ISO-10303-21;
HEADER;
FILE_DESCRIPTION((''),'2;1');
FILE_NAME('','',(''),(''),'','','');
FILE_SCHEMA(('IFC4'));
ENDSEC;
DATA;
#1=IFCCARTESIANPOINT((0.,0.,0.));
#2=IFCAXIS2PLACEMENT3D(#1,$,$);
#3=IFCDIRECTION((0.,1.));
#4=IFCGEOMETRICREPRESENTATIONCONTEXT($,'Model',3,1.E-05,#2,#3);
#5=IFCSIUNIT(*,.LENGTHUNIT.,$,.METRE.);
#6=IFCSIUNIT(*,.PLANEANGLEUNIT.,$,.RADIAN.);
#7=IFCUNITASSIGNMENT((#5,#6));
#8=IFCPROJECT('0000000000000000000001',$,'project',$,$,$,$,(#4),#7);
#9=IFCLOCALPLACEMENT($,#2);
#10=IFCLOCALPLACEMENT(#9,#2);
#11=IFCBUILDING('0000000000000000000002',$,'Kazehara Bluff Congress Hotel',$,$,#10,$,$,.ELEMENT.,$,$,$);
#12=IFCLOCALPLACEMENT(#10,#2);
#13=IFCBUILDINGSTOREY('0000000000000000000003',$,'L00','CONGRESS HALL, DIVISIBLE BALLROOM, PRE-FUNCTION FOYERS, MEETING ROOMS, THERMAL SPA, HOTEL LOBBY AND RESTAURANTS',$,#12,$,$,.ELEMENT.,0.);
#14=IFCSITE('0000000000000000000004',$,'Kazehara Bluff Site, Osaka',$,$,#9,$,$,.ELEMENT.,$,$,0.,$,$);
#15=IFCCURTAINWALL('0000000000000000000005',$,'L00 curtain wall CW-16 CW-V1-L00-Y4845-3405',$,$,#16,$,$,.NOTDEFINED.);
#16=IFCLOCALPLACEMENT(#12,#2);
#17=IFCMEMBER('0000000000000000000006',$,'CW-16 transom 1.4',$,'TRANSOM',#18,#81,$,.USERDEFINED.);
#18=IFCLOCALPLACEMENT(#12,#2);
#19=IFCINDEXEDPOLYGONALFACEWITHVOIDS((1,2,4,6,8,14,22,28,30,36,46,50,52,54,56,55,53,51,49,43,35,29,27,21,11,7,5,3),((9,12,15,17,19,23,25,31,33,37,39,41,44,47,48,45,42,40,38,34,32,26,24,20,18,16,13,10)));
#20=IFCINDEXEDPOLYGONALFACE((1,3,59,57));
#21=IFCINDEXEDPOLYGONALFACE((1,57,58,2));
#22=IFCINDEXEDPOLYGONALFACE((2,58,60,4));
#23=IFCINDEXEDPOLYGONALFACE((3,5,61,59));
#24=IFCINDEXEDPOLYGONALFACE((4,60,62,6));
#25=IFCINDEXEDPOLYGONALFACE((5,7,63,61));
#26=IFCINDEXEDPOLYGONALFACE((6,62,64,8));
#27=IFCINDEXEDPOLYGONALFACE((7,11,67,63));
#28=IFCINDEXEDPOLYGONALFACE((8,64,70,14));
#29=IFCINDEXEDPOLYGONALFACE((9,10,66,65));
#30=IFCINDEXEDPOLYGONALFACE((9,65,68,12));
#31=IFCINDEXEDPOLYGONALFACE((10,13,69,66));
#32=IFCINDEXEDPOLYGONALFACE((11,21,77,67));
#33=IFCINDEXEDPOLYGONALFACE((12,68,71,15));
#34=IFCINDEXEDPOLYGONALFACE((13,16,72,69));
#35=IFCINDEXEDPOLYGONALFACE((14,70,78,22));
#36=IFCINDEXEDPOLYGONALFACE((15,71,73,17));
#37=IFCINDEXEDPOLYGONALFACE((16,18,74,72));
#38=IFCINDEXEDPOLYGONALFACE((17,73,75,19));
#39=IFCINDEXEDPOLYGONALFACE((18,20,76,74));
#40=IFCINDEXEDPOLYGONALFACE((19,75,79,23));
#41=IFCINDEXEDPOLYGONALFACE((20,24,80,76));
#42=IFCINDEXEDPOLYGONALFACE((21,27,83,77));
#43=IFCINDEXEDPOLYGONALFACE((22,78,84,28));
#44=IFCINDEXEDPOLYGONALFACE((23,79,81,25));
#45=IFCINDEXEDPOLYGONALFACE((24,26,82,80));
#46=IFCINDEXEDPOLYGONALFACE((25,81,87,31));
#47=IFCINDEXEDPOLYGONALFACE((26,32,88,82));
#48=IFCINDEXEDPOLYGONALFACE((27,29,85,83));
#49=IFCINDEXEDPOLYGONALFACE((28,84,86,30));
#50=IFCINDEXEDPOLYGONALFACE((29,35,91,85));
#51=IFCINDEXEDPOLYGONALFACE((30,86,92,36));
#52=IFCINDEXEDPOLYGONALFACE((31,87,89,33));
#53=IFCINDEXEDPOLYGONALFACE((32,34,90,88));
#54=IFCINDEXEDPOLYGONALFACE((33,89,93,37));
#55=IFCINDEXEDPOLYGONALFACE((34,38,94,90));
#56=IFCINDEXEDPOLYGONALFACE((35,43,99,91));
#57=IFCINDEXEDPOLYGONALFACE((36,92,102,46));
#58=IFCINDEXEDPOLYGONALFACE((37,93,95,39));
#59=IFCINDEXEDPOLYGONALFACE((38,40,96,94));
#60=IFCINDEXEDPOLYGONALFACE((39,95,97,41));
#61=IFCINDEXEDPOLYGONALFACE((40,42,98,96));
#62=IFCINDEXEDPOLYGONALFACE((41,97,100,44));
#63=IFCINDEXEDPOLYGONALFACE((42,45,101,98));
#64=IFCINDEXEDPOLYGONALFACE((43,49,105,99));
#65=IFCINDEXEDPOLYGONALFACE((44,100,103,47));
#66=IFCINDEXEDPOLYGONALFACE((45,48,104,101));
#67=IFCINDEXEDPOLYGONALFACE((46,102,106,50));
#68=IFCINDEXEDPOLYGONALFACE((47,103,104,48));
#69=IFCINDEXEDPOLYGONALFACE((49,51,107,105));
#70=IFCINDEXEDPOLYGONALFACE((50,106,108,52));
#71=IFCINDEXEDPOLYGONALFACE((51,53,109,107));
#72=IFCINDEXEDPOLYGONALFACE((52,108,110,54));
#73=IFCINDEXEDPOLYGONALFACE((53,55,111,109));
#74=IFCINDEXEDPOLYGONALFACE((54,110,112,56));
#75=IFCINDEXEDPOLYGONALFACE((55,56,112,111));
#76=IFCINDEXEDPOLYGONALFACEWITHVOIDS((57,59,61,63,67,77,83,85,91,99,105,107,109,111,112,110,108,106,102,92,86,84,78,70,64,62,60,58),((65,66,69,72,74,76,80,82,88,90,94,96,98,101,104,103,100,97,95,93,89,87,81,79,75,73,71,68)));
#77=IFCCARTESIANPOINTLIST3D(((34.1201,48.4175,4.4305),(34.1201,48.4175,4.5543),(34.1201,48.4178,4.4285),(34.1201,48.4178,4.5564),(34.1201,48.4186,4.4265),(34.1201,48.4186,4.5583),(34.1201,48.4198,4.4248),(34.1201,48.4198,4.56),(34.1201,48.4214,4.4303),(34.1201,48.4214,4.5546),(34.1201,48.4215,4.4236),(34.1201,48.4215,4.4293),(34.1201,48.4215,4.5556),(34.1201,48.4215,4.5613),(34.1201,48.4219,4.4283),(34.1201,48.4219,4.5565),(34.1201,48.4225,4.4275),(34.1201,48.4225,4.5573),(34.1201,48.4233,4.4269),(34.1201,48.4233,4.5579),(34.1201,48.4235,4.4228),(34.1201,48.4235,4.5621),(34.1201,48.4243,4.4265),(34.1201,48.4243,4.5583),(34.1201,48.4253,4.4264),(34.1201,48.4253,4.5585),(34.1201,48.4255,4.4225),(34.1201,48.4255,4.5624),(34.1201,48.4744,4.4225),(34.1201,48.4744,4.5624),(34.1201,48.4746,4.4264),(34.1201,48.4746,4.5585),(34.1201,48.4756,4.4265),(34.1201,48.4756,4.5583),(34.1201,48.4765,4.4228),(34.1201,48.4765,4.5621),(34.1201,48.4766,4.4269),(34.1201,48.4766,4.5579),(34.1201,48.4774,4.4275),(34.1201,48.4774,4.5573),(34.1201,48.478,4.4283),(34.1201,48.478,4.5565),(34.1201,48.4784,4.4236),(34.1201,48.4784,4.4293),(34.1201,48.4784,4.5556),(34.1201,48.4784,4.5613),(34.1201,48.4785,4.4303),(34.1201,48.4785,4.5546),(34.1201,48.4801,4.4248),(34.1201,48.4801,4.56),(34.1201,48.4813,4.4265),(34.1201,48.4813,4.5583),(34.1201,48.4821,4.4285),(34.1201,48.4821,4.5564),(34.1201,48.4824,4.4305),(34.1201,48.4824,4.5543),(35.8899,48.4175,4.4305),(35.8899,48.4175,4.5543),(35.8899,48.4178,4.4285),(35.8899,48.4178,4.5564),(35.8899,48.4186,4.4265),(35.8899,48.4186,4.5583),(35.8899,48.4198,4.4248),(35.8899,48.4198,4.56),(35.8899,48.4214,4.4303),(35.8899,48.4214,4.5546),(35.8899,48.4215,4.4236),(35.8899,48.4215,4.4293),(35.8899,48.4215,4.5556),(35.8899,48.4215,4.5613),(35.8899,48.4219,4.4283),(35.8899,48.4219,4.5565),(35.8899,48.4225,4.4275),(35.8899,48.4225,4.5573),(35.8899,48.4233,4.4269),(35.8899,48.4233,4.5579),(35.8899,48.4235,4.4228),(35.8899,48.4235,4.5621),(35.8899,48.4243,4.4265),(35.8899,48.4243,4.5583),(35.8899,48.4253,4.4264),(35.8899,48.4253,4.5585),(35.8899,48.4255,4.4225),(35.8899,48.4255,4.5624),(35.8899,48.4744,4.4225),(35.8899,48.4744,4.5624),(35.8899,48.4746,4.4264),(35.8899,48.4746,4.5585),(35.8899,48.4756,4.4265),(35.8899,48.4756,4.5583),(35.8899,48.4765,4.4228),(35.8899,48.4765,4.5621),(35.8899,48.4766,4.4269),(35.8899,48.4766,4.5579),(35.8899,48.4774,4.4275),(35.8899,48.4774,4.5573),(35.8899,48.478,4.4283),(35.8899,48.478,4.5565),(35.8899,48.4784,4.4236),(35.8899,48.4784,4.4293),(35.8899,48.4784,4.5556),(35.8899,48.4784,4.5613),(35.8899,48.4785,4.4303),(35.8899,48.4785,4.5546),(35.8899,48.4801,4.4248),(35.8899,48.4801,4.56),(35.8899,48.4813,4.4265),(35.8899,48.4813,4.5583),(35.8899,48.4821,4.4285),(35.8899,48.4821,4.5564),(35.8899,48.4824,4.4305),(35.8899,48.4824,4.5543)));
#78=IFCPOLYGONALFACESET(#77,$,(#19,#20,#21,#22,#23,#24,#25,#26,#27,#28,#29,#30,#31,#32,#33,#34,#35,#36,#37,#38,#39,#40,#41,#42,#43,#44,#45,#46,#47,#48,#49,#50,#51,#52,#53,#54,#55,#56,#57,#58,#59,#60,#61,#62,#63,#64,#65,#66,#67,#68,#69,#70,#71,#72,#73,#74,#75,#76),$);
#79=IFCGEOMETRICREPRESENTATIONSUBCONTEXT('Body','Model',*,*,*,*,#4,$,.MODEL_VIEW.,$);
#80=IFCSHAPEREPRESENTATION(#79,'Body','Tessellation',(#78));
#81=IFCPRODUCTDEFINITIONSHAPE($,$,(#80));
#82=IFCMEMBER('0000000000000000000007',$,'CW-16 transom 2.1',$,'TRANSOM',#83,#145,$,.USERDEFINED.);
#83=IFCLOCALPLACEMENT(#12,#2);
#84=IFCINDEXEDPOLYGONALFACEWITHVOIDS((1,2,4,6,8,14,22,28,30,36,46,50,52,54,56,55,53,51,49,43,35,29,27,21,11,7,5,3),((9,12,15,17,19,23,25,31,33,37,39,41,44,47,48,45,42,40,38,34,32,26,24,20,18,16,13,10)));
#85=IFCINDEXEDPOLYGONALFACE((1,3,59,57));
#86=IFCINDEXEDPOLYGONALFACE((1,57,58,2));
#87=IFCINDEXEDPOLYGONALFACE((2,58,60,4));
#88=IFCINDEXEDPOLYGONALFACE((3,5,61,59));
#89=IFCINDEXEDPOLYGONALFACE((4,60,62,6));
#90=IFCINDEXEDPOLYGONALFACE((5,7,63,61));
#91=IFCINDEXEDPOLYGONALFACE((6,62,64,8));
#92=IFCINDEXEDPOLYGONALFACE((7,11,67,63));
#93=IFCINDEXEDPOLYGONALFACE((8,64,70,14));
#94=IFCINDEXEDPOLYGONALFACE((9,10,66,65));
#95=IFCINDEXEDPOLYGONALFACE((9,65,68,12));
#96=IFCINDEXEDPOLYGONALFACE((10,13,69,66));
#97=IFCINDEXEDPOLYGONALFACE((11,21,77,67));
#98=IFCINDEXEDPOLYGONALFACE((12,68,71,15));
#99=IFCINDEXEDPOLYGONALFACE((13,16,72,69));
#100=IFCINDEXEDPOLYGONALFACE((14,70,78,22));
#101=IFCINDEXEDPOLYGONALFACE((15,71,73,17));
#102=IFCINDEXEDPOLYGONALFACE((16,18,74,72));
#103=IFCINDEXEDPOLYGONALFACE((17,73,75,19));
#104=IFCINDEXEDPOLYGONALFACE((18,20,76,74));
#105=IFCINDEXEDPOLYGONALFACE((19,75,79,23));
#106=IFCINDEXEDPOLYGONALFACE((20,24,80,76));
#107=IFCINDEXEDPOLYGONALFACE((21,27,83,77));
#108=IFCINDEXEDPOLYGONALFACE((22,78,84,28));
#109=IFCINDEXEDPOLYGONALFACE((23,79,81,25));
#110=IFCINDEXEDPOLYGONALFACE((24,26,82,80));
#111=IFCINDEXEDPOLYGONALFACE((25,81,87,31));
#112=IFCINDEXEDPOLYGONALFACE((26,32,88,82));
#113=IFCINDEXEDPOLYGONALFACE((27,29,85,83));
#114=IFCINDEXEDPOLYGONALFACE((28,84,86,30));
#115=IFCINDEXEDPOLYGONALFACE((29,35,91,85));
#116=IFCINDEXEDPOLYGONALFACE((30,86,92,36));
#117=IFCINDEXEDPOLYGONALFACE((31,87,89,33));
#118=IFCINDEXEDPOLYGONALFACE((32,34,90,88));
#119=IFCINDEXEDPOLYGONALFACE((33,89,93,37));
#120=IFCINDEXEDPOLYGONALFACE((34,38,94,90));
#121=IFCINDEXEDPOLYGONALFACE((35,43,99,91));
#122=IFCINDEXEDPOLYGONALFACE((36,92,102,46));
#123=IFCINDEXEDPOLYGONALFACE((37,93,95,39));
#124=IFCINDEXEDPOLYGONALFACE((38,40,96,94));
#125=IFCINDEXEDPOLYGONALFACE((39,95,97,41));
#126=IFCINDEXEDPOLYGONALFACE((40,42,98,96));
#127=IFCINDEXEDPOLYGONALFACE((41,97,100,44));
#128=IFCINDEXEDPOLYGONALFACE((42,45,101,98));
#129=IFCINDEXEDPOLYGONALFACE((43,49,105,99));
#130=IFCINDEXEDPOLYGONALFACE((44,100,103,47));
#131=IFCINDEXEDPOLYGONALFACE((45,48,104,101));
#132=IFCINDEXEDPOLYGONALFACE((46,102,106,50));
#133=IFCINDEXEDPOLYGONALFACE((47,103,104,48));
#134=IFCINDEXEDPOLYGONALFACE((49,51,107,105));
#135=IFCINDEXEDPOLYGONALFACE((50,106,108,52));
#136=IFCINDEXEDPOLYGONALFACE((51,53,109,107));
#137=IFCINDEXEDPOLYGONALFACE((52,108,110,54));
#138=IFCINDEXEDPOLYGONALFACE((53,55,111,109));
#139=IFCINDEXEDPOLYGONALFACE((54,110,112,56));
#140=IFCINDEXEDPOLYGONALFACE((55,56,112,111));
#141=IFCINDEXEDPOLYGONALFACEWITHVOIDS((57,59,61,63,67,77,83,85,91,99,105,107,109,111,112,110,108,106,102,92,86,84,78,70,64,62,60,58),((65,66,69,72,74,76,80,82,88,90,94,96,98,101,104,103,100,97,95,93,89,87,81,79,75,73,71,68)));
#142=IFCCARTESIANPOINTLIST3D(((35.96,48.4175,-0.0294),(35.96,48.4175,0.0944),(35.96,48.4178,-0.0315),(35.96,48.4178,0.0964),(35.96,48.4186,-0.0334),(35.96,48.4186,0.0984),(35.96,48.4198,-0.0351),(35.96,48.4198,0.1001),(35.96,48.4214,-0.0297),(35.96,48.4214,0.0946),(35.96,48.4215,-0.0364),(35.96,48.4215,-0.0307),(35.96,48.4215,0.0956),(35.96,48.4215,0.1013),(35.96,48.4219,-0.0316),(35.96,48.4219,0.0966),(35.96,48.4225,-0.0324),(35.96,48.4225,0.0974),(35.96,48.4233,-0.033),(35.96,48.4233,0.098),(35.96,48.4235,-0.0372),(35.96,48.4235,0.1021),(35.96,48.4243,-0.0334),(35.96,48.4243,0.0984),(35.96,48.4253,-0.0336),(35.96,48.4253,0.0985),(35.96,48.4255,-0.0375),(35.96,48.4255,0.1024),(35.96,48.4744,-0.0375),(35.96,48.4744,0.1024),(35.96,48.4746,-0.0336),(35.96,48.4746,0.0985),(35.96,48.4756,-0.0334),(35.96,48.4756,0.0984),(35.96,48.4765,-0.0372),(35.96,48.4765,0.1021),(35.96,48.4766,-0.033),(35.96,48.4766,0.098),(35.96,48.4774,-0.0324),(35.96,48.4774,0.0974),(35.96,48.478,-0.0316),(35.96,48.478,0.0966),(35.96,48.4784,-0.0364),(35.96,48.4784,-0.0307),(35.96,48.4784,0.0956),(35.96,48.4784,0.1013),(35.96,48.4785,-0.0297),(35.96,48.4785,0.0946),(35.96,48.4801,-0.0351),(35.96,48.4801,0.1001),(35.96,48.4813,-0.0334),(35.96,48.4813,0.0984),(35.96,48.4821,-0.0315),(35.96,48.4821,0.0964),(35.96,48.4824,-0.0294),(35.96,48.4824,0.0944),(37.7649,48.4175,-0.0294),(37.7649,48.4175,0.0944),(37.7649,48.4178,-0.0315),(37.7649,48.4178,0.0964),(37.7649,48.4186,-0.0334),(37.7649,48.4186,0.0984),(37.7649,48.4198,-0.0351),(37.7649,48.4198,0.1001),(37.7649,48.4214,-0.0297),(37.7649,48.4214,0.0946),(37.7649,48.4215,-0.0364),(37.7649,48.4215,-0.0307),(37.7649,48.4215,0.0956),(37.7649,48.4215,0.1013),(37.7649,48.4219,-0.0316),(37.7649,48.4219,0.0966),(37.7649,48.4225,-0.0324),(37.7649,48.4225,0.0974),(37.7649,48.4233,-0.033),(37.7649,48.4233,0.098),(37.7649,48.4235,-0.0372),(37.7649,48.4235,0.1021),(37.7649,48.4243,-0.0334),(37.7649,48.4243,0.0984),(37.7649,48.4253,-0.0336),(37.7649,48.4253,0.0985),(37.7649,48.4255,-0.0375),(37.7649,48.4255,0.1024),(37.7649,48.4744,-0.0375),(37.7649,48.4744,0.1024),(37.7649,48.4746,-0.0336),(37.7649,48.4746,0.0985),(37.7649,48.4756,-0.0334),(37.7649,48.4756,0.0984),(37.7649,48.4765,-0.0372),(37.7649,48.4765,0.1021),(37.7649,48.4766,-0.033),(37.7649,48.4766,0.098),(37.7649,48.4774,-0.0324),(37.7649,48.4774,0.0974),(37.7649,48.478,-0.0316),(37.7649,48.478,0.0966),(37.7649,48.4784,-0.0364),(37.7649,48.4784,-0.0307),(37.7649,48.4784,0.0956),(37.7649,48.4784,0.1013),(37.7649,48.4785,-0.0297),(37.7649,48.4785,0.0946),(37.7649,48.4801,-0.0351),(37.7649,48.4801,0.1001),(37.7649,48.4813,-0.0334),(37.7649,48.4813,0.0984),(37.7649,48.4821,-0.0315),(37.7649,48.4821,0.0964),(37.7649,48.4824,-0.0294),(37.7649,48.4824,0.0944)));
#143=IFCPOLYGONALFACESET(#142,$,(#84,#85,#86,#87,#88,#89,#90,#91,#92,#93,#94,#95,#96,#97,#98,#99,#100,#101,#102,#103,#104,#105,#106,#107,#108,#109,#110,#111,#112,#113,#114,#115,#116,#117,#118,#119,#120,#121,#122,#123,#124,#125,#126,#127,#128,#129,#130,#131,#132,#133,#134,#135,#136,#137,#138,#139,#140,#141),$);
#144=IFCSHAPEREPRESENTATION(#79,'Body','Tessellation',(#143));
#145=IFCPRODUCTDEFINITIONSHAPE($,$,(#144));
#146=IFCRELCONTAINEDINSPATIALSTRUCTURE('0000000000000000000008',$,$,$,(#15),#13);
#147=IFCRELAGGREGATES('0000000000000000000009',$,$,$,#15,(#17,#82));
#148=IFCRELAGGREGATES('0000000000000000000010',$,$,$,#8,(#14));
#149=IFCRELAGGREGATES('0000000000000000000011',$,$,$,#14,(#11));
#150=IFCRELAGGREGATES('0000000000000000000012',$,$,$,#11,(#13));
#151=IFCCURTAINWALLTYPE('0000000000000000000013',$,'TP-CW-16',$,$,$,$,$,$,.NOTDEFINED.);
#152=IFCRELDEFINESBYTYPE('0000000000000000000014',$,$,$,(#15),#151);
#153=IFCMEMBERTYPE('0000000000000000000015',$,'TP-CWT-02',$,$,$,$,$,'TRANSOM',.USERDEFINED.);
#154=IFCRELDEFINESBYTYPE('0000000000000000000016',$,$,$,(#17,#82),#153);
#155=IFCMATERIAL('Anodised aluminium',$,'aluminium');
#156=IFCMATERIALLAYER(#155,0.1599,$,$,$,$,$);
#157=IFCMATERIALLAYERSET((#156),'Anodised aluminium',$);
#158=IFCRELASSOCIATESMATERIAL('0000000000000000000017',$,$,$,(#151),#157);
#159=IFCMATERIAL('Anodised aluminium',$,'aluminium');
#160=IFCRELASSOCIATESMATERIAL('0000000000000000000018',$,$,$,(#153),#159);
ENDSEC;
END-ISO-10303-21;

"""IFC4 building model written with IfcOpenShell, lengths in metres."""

from ifc_helpers import new_model, si_unit, direction, frame, origin, origin_2d, place, context, subcontext, project, spatial, hollow_rectangle, extrude, material, layer, layer_set, material_profile, profile_set, type_object, element, aggregate, save


model = new_model("IFC4")

# Units and contexts
model_context = context("Model", 3, precision=1e-05, world=origin(), true_north=direction((0.0, 1.0)))
body_context = subcontext(model_context, "Body", "Model", "MODEL_VIEW")
ifc_project = project(units=[si_unit("LENGTHUNIT", "METRE"), si_unit("PLANEANGLEUNIT", "RADIAN")], contexts=[model_context])

# Site, building, storey
site_placement = place(None, origin())
site = spatial("IfcSite", under=ifc_project, at=site_placement, Name="Kazehara Bluff Site, Osaka", CompositionType="ELEMENT", RefElevation=0.0)
building_placement = place(site_placement, origin())
building = spatial("IfcBuilding", under=site, at=building_placement, Name="Kazehara Bluff Congress Hotel", CompositionType="ELEMENT")
storey_placement = place(building_placement, origin())
storey = spatial("IfcBuildingStorey", under=building, at=storey_placement, Name="L00", Description="CONGRESS HALL, DIVISIBLE BALLROOM, PRE-FUNCTION FOYERS, MEETING ROOMS, THERMAL SPA, HOTEL LOBBY AND RESTAURANTS", CompositionType="ELEMENT", Elevation=0.0)

# Curtain wall, members
ifc_material_1 = material(Name="Anodised aluminium", Category="aluminium")
ifc_layer_1 = layer(ifc_material_1, 0.1599)
ifc_layer_set_1 = layer_set([ifc_layer_1], Name="Anodised aluminium")
curtain_wall_type = type_object("IfcCurtainWallType", Name="TP-CW-16", PredefinedType="NOTDEFINED", material=ifc_layer_set_1)
curtain_wall_placement = place(storey_placement, origin())
curtain_wall = element("IfcCurtainWall", 1, at=curtain_wall_placement, inside=storey, type_object=curtain_wall_type, Name="L00 curtain wall CW-16 CW-V1-L00-Y4845-3405", PredefinedType="NOTDEFINED")
ifc_material_2 = material(Name="Anodised aluminium", Category="aluminium")
ifc_material_profile_1 = material_profile(ifc_material_2, hollow_rectangle(XDim=0.0649, YDim=0.1399, WallThickness=0.0039, InnerFilletRadius=0.0039, OuterFilletRadius=0.0081, at=origin_2d()))
ifc_profile_set_1 = profile_set([ifc_material_profile_1], Name="Anodised aluminium")
member_type_1 = type_object("IfcMemberType", Name="TP-CWT-02", ElementType="TRANSOM", PredefinedType="USERDEFINED", material=ifc_profile_set_1)
member_1_placement = place(storey_placement, frame((34.1201, 48.45, 4.4924), z_axis=(1.0, 0.0, 0.0), x_axis=(0.0, 1.0, 0.0)))
member_1 = element("IfcMember", 2, at=member_1_placement, type_object=member_type_1, Name="CW-16 transom 1.4", ObjectType="TRANSOM", PredefinedType="USERDEFINED", context=body_context, shape_type="SweptSolid", body=[
    extrude(hollow_rectangle(XDim=0.0649, YDim=0.1399, WallThickness=0.0039, InnerFilletRadius=0.0039, OuterFilletRadius=0.0081, at=origin_2d()), origin(), (0.0, 0.0, 1.0), 1.7698),
])
member_2_placement = place(storey_placement, frame((35.96, 48.45, 0.0325), z_axis=(1.0, 0.0, 0.0), x_axis=(0.0, 1.0, 0.0)))
member_2 = element("IfcMember", 3, at=member_2_placement, type_object=member_type_1, Name="CW-16 transom 2.1", ObjectType="TRANSOM", PredefinedType="USERDEFINED", context=body_context, shape_type="SweptSolid", body=[
    extrude(hollow_rectangle(XDim=0.0649, YDim=0.1399, WallThickness=0.0039, InnerFilletRadius=0.0039, OuterFilletRadius=0.0081, at=origin_2d()), origin(), (0.0, 0.0, 1.0), 1.8049),
])

aggregate(curtain_wall, [member_1, member_2])

save(model, "model.ifc")
